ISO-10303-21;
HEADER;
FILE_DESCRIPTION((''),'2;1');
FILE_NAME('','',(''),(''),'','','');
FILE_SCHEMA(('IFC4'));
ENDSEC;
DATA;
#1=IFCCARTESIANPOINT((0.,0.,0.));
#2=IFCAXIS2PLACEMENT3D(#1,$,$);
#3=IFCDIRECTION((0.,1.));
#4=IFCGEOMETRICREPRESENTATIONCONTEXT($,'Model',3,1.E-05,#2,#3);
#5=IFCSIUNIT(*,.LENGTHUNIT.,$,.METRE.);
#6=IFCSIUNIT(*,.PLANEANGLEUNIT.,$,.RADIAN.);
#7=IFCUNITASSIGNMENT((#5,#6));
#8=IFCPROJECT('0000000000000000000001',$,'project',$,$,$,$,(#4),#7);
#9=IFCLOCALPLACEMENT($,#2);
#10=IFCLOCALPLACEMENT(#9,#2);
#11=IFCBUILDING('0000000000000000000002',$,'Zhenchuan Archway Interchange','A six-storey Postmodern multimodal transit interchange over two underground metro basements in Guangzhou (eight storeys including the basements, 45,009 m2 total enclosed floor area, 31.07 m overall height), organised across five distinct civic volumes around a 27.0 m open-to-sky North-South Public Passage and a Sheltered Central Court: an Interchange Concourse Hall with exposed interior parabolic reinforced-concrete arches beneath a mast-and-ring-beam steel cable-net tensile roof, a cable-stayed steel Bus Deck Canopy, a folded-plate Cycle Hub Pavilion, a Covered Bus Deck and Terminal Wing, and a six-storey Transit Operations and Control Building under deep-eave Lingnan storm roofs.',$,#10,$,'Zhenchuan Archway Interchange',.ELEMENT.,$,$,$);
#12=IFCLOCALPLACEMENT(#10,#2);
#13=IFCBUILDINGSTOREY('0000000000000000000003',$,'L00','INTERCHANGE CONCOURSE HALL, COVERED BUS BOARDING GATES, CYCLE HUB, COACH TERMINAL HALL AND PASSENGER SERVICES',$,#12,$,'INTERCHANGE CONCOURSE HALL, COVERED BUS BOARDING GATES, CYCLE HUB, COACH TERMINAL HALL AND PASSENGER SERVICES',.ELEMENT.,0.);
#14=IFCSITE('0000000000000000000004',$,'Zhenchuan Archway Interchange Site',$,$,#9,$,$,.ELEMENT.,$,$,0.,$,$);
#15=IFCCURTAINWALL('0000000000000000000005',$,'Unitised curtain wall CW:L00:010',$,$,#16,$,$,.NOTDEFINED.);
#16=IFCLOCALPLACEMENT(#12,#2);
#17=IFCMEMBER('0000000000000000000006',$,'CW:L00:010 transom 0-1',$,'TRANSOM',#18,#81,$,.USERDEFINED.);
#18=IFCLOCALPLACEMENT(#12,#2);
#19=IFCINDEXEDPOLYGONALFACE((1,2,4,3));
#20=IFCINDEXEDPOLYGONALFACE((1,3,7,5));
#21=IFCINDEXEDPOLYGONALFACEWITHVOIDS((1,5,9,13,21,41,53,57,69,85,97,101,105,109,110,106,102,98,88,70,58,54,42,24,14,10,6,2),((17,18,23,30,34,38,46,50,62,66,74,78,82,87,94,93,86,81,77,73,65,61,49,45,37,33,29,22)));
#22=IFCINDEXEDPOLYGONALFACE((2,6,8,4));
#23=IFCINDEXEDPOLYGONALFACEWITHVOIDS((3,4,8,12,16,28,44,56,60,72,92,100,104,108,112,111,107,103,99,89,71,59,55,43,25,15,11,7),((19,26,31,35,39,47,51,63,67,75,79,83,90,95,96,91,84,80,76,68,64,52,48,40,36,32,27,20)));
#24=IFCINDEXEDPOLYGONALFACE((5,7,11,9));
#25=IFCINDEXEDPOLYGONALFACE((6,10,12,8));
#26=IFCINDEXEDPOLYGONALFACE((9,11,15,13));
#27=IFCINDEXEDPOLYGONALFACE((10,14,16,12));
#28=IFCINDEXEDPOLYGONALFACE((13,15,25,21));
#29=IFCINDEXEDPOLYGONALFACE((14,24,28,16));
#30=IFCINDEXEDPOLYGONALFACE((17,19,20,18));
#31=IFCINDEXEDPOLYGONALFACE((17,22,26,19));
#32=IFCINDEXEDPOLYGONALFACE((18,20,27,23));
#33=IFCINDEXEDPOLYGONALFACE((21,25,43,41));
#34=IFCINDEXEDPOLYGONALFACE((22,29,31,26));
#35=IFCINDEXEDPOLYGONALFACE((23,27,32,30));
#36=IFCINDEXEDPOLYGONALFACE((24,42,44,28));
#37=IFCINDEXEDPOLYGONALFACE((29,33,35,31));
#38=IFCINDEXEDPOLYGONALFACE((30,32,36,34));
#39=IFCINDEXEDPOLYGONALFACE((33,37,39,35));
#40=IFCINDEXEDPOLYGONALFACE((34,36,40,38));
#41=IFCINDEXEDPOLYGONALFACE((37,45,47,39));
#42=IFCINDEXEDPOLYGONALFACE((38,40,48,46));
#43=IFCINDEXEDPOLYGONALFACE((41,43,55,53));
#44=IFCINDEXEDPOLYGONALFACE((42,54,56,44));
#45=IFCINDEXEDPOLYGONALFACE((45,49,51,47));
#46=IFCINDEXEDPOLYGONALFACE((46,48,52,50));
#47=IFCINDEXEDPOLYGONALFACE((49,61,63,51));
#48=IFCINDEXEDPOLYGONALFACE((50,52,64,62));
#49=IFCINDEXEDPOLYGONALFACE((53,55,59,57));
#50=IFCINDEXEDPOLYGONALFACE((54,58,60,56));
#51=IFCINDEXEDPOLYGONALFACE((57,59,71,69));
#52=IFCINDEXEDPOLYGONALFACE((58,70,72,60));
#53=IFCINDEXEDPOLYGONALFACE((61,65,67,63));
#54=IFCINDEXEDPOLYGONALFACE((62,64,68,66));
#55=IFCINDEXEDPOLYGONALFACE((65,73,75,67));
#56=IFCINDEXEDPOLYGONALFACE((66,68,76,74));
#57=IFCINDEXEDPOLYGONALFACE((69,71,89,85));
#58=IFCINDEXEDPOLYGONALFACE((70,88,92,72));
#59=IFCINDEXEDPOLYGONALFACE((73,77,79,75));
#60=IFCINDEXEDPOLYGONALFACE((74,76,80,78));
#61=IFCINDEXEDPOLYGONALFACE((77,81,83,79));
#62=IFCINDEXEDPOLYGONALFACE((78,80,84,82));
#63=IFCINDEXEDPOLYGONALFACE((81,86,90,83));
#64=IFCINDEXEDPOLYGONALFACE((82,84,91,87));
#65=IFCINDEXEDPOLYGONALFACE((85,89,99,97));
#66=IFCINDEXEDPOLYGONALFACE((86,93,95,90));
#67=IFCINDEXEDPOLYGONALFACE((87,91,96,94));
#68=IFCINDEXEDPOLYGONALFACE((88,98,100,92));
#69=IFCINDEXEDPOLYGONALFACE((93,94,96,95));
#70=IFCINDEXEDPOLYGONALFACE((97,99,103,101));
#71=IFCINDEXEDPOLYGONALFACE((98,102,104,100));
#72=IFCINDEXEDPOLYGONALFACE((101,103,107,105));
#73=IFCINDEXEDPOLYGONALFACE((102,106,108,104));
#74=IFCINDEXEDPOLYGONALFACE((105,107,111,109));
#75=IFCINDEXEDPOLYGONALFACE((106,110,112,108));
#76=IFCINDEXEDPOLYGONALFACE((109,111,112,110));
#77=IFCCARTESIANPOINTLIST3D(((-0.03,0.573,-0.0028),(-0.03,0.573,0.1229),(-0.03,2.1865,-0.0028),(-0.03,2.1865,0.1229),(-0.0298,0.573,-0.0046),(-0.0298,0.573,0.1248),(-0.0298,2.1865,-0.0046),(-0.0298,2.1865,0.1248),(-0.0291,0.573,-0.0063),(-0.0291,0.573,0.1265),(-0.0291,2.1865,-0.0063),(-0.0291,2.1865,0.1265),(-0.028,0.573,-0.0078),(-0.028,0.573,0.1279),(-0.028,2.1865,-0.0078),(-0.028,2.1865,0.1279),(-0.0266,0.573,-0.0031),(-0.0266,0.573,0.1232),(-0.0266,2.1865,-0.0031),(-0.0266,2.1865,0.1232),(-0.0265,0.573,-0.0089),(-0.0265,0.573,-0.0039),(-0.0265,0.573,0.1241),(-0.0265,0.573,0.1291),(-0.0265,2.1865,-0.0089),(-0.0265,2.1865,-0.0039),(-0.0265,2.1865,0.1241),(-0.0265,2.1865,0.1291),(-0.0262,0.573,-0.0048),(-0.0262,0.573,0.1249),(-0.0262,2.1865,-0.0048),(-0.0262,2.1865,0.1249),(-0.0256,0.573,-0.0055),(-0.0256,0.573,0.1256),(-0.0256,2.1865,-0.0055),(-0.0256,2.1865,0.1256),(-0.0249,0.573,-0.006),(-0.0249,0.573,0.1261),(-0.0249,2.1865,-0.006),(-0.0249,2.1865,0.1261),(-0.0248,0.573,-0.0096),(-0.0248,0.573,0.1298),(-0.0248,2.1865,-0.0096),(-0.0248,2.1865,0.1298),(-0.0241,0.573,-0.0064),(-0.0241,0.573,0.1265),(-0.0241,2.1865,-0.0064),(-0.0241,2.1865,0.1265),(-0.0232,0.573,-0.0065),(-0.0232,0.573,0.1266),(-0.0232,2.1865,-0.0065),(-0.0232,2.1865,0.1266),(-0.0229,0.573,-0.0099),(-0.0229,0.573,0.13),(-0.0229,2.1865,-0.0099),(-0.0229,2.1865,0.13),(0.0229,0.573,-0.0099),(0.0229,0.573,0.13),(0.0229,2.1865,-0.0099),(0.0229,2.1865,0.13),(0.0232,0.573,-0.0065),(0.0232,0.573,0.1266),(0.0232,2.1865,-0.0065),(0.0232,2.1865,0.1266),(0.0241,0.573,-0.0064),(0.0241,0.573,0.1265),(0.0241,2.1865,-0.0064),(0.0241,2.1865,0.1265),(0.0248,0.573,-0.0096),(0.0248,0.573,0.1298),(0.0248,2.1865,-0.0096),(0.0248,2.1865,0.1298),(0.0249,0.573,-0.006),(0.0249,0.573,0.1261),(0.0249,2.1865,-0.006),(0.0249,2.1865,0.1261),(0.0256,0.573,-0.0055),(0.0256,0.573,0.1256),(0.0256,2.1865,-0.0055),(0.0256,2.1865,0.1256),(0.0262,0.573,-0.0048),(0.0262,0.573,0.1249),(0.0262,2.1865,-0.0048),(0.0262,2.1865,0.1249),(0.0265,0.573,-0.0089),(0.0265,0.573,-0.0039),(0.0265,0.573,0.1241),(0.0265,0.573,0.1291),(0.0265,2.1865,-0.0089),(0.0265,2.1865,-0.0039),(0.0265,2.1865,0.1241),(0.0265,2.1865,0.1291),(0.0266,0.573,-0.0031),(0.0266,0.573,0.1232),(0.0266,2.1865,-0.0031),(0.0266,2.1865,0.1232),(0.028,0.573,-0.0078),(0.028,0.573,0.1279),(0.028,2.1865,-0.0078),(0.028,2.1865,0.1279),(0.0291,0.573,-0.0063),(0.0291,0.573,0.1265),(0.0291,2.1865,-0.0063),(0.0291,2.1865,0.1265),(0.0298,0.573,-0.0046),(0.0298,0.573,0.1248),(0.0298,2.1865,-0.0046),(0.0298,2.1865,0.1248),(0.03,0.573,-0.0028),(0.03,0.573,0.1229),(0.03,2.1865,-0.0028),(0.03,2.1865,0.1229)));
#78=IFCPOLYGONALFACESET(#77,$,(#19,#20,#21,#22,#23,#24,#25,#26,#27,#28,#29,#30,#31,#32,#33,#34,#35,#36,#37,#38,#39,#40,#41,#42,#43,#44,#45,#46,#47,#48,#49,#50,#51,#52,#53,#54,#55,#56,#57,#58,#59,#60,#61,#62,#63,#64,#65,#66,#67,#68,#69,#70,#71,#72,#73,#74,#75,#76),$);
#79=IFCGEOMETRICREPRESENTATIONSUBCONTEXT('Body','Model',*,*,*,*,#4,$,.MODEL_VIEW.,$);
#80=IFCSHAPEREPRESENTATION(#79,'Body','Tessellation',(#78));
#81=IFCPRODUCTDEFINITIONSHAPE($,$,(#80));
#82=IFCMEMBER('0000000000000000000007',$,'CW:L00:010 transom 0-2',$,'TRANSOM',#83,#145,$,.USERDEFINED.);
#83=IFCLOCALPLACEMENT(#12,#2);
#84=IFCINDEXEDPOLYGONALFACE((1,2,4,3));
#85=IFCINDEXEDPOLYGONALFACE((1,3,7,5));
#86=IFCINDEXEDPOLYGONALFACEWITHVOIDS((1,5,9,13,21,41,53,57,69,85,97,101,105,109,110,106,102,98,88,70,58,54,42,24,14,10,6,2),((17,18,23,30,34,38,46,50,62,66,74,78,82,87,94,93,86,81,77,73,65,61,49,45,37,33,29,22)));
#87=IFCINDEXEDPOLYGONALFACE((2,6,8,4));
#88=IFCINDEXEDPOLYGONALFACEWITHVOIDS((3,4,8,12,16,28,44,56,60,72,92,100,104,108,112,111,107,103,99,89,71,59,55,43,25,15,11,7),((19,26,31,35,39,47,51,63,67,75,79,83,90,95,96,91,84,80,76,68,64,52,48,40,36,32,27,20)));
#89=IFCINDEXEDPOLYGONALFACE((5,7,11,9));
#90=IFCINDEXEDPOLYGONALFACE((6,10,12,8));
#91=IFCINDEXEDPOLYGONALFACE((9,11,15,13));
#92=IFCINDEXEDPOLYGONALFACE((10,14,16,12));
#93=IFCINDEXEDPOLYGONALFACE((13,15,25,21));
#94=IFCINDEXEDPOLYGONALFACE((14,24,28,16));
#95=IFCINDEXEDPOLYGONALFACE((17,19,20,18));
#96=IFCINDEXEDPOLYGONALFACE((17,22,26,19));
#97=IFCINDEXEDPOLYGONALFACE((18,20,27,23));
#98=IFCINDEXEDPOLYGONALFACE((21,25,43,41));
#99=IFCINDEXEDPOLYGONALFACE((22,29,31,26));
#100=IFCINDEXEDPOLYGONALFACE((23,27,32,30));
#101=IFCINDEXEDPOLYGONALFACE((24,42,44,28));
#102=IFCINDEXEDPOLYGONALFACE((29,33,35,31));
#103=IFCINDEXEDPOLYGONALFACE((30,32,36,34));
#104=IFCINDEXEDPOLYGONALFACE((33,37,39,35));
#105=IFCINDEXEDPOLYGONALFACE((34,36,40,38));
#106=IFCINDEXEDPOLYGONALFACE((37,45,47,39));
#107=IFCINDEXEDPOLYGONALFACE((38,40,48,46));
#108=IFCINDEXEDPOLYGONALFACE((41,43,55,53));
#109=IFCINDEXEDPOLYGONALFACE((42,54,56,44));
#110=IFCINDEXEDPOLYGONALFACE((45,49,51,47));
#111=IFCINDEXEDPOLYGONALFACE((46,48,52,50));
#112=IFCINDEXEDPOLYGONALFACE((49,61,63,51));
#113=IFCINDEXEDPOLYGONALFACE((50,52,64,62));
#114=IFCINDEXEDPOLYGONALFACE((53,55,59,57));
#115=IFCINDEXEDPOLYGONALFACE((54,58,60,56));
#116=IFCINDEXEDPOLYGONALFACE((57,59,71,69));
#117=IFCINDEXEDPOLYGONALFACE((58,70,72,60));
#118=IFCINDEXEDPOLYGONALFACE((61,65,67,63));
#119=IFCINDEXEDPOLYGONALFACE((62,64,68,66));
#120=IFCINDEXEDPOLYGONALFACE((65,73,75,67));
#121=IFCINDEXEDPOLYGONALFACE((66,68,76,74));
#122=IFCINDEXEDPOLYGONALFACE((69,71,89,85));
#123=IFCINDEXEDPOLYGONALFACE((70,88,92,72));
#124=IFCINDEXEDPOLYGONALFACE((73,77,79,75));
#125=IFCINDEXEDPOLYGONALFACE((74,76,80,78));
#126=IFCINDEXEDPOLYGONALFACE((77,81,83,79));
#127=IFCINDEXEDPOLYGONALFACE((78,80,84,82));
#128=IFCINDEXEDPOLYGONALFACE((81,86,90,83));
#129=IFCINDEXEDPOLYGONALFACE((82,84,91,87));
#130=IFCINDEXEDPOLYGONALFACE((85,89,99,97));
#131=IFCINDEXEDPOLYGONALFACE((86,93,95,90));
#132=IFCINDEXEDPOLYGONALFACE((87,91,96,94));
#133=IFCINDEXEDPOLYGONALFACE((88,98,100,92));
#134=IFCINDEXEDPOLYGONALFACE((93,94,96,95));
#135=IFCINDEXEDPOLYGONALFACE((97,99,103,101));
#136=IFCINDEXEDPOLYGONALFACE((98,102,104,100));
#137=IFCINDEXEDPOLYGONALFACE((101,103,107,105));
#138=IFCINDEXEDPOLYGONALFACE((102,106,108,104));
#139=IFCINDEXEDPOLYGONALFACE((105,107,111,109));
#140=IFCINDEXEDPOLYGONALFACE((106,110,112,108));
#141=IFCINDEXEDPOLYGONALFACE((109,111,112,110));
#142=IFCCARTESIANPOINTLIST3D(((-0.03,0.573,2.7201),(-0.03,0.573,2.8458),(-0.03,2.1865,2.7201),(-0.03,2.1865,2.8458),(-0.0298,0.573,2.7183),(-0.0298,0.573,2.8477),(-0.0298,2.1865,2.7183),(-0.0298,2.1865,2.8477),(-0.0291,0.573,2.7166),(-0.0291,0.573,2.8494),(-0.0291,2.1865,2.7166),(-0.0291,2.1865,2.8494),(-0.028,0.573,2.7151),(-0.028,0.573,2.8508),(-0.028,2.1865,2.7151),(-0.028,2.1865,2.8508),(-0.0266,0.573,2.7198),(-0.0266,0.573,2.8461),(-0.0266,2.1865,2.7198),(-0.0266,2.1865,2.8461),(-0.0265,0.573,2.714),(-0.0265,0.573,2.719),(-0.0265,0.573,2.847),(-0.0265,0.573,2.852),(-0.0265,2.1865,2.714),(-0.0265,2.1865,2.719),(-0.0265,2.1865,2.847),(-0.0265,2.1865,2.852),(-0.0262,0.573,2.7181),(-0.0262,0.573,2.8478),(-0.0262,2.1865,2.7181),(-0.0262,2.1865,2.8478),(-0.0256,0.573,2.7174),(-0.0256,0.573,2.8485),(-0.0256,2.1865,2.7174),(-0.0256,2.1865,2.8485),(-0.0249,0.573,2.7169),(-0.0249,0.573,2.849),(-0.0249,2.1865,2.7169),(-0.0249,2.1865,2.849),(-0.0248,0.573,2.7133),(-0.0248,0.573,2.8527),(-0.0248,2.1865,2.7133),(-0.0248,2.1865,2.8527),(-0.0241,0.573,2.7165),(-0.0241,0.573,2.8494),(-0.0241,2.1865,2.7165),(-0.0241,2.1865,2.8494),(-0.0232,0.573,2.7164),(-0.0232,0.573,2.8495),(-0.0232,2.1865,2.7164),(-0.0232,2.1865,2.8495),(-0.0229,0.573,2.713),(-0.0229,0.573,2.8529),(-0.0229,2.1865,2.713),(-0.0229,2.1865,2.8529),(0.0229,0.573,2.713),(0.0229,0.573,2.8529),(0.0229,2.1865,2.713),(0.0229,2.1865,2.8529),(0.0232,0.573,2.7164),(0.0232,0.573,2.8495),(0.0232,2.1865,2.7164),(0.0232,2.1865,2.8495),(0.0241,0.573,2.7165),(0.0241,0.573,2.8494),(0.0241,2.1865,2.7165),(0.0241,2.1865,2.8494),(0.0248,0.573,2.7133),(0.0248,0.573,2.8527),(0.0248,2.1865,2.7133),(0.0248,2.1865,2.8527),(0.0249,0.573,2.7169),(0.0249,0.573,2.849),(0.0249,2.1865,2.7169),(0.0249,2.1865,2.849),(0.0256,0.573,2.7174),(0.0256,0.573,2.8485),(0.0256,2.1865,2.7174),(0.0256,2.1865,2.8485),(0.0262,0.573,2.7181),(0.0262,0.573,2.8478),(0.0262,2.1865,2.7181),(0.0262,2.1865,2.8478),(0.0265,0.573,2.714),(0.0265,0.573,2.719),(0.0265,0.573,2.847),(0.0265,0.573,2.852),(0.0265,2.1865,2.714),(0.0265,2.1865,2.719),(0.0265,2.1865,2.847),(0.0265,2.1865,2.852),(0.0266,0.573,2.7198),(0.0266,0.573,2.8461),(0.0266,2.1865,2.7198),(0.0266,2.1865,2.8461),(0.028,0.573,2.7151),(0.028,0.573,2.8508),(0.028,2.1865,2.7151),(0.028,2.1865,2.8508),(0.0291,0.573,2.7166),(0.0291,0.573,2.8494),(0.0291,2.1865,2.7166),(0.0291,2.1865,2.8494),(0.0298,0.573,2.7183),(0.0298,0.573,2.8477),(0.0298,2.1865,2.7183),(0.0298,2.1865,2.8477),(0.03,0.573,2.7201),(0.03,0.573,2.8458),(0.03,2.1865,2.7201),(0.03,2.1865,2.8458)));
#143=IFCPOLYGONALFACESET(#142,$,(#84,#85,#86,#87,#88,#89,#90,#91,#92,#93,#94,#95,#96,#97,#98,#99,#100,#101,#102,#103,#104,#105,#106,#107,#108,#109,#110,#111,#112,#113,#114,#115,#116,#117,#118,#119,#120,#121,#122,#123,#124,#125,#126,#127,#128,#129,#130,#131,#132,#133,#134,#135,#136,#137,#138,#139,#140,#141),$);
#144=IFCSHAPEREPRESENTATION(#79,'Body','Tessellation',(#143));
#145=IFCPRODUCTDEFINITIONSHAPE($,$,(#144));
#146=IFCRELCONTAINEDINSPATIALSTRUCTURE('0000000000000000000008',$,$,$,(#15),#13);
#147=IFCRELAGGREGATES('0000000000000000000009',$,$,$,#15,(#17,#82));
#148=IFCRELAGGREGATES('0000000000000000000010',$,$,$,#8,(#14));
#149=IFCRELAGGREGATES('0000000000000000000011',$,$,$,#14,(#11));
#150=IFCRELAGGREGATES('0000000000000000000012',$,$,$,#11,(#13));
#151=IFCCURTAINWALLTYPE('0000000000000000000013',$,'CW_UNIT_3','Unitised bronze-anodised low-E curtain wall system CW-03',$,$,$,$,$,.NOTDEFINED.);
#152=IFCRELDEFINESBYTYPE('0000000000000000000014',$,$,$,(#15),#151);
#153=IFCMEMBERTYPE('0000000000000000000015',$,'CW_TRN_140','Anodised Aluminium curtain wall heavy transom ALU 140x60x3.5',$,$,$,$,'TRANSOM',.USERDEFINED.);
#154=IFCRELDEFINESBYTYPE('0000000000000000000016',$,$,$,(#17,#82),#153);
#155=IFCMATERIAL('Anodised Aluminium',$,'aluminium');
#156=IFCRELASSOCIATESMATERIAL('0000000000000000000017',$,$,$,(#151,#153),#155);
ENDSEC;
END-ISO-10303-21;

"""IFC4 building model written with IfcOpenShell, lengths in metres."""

from ifc_helpers import new_model, si_unit, direction, frame, origin, origin_2d, place, context, subcontext, project, spatial, hollow_rectangle, extrude, material, material_profile, profile_set, type_object, element, aggregate, save


model = new_model("IFC4")

# Units and contexts
model_context = context("Model", 3, precision=1e-05, world=origin(), true_north=direction((0.0, 1.0)))
body_context = subcontext(model_context, "Body", "Model", "MODEL_VIEW")
ifc_project = project(units=[si_unit("LENGTHUNIT", "METRE"), si_unit("PLANEANGLEUNIT", "RADIAN")], contexts=[model_context])

# Site, building, storey
site_placement = place(None, origin())
site = spatial("IfcSite", under=ifc_project, at=site_placement, Name="Zhenchuan Archway Interchange Site", CompositionType="ELEMENT", RefElevation=0.0)
building_placement = place(site_placement, origin())
building = spatial("IfcBuilding", under=site, at=building_placement, Name="Zhenchuan Archway Interchange", Description="A six-storey Postmodern multimodal transit interchange over two underground metro basements in Guangzhou (eight storeys including the basements, 45,009 m2 total enclosed floor area, 31.07 m overall height), organised across five distinct civic volumes around a 27.0 m open-to-sky North-South Public Passage and a Sheltered Central Court: an Interchange Concourse Hall with exposed interior parabolic reinforced-concrete arches beneath a mast-and-ring-beam steel cable-net tensile roof, a cable-stayed steel Bus Deck Canopy, a folded-plate Cycle Hub Pavilion, a Covered Bus Deck and Terminal Wing, and a six-storey Transit Operations and Control Building under deep-eave Lingnan storm roofs.", LongName="Zhenchuan Archway Interchange", CompositionType="ELEMENT")
storey_placement = place(building_placement, origin())
storey = spatial("IfcBuildingStorey", under=building, at=storey_placement, Name="L00", Description="INTERCHANGE CONCOURSE HALL, COVERED BUS BOARDING GATES, CYCLE HUB, COACH TERMINAL HALL AND PASSENGER SERVICES", LongName="INTERCHANGE CONCOURSE HALL, COVERED BUS BOARDING GATES, CYCLE HUB, COACH TERMINAL HALL AND PASSENGER SERVICES", CompositionType="ELEMENT", Elevation=0.0)

# Curtain wall, members
ifc_material_1 = material(Name="Anodised Aluminium", Category="aluminium")
curtain_wall_type = type_object("IfcCurtainWallType", Name="CW_UNIT_3", Description="Unitised bronze-anodised low-E curtain wall system CW-03", PredefinedType="NOTDEFINED", material=ifc_material_1)
curtain_wall_placement = place(storey_placement, origin())
curtain_wall = element("IfcCurtainWall", 1, at=curtain_wall_placement, inside=storey, type_object=curtain_wall_type, Name="Unitised curtain wall CW:L00:010", PredefinedType="NOTDEFINED")
ifc_material_profile_1 = material_profile(ifc_material_1, hollow_rectangle(XDim=0.0601, YDim=0.1399, WallThickness=0.0034, InnerFilletRadius=0.0034, OuterFilletRadius=0.0071, at=origin_2d()), Name="ALU 140x60x3.5")
ifc_profile_set_1 = profile_set([ifc_material_profile_1], Name="Anodised Aluminium")
member_type_1 = type_object("IfcMemberType", Name="CW_TRN_140", Description="Anodised Aluminium curtain wall heavy transom ALU 140x60x3.5", ElementType="TRANSOM", PredefinedType="USERDEFINED", material=ifc_profile_set_1)
member_1_placement = place(storey_placement, frame((0.0, 0.573, 0.0601), z_axis=(0.0, 1.0, 0.0), x_axis=(-1.0, 0.0, 0.0)))
member_1 = element("IfcMember", 2, at=member_1_placement, type_object=member_type_1, Name="CW:L00:010 transom 0-1", ObjectType="TRANSOM", PredefinedType="USERDEFINED", context=body_context, shape_type="SweptSolid", body=[
    extrude(hollow_rectangle(XDim=0.0601, YDim=0.1399, WallThickness=0.0034, InnerFilletRadius=0.0034, OuterFilletRadius=0.0071, at=origin_2d()), origin(), (0.0, 0.0, 1.0), 1.6135),
])
member_2_placement = place(storey_placement, frame((0.0, 0.573, 2.783), z_axis=(0.0, 1.0, 0.0), x_axis=(-1.0, 0.0, 0.0)))
member_2 = element("IfcMember", 3, at=member_2_placement, type_object=member_type_1, Name="CW:L00:010 transom 0-2", ObjectType="TRANSOM", PredefinedType="USERDEFINED", context=body_context, shape_type="SweptSolid", body=[
    extrude(hollow_rectangle(XDim=0.0601, YDim=0.1399, WallThickness=0.0034, InnerFilletRadius=0.0034, OuterFilletRadius=0.0071, at=origin_2d()), origin(), (0.0, 0.0, 1.0), 1.6135),
])

aggregate(curtain_wall, [member_1, member_2])

save(model, "model.ifc")
